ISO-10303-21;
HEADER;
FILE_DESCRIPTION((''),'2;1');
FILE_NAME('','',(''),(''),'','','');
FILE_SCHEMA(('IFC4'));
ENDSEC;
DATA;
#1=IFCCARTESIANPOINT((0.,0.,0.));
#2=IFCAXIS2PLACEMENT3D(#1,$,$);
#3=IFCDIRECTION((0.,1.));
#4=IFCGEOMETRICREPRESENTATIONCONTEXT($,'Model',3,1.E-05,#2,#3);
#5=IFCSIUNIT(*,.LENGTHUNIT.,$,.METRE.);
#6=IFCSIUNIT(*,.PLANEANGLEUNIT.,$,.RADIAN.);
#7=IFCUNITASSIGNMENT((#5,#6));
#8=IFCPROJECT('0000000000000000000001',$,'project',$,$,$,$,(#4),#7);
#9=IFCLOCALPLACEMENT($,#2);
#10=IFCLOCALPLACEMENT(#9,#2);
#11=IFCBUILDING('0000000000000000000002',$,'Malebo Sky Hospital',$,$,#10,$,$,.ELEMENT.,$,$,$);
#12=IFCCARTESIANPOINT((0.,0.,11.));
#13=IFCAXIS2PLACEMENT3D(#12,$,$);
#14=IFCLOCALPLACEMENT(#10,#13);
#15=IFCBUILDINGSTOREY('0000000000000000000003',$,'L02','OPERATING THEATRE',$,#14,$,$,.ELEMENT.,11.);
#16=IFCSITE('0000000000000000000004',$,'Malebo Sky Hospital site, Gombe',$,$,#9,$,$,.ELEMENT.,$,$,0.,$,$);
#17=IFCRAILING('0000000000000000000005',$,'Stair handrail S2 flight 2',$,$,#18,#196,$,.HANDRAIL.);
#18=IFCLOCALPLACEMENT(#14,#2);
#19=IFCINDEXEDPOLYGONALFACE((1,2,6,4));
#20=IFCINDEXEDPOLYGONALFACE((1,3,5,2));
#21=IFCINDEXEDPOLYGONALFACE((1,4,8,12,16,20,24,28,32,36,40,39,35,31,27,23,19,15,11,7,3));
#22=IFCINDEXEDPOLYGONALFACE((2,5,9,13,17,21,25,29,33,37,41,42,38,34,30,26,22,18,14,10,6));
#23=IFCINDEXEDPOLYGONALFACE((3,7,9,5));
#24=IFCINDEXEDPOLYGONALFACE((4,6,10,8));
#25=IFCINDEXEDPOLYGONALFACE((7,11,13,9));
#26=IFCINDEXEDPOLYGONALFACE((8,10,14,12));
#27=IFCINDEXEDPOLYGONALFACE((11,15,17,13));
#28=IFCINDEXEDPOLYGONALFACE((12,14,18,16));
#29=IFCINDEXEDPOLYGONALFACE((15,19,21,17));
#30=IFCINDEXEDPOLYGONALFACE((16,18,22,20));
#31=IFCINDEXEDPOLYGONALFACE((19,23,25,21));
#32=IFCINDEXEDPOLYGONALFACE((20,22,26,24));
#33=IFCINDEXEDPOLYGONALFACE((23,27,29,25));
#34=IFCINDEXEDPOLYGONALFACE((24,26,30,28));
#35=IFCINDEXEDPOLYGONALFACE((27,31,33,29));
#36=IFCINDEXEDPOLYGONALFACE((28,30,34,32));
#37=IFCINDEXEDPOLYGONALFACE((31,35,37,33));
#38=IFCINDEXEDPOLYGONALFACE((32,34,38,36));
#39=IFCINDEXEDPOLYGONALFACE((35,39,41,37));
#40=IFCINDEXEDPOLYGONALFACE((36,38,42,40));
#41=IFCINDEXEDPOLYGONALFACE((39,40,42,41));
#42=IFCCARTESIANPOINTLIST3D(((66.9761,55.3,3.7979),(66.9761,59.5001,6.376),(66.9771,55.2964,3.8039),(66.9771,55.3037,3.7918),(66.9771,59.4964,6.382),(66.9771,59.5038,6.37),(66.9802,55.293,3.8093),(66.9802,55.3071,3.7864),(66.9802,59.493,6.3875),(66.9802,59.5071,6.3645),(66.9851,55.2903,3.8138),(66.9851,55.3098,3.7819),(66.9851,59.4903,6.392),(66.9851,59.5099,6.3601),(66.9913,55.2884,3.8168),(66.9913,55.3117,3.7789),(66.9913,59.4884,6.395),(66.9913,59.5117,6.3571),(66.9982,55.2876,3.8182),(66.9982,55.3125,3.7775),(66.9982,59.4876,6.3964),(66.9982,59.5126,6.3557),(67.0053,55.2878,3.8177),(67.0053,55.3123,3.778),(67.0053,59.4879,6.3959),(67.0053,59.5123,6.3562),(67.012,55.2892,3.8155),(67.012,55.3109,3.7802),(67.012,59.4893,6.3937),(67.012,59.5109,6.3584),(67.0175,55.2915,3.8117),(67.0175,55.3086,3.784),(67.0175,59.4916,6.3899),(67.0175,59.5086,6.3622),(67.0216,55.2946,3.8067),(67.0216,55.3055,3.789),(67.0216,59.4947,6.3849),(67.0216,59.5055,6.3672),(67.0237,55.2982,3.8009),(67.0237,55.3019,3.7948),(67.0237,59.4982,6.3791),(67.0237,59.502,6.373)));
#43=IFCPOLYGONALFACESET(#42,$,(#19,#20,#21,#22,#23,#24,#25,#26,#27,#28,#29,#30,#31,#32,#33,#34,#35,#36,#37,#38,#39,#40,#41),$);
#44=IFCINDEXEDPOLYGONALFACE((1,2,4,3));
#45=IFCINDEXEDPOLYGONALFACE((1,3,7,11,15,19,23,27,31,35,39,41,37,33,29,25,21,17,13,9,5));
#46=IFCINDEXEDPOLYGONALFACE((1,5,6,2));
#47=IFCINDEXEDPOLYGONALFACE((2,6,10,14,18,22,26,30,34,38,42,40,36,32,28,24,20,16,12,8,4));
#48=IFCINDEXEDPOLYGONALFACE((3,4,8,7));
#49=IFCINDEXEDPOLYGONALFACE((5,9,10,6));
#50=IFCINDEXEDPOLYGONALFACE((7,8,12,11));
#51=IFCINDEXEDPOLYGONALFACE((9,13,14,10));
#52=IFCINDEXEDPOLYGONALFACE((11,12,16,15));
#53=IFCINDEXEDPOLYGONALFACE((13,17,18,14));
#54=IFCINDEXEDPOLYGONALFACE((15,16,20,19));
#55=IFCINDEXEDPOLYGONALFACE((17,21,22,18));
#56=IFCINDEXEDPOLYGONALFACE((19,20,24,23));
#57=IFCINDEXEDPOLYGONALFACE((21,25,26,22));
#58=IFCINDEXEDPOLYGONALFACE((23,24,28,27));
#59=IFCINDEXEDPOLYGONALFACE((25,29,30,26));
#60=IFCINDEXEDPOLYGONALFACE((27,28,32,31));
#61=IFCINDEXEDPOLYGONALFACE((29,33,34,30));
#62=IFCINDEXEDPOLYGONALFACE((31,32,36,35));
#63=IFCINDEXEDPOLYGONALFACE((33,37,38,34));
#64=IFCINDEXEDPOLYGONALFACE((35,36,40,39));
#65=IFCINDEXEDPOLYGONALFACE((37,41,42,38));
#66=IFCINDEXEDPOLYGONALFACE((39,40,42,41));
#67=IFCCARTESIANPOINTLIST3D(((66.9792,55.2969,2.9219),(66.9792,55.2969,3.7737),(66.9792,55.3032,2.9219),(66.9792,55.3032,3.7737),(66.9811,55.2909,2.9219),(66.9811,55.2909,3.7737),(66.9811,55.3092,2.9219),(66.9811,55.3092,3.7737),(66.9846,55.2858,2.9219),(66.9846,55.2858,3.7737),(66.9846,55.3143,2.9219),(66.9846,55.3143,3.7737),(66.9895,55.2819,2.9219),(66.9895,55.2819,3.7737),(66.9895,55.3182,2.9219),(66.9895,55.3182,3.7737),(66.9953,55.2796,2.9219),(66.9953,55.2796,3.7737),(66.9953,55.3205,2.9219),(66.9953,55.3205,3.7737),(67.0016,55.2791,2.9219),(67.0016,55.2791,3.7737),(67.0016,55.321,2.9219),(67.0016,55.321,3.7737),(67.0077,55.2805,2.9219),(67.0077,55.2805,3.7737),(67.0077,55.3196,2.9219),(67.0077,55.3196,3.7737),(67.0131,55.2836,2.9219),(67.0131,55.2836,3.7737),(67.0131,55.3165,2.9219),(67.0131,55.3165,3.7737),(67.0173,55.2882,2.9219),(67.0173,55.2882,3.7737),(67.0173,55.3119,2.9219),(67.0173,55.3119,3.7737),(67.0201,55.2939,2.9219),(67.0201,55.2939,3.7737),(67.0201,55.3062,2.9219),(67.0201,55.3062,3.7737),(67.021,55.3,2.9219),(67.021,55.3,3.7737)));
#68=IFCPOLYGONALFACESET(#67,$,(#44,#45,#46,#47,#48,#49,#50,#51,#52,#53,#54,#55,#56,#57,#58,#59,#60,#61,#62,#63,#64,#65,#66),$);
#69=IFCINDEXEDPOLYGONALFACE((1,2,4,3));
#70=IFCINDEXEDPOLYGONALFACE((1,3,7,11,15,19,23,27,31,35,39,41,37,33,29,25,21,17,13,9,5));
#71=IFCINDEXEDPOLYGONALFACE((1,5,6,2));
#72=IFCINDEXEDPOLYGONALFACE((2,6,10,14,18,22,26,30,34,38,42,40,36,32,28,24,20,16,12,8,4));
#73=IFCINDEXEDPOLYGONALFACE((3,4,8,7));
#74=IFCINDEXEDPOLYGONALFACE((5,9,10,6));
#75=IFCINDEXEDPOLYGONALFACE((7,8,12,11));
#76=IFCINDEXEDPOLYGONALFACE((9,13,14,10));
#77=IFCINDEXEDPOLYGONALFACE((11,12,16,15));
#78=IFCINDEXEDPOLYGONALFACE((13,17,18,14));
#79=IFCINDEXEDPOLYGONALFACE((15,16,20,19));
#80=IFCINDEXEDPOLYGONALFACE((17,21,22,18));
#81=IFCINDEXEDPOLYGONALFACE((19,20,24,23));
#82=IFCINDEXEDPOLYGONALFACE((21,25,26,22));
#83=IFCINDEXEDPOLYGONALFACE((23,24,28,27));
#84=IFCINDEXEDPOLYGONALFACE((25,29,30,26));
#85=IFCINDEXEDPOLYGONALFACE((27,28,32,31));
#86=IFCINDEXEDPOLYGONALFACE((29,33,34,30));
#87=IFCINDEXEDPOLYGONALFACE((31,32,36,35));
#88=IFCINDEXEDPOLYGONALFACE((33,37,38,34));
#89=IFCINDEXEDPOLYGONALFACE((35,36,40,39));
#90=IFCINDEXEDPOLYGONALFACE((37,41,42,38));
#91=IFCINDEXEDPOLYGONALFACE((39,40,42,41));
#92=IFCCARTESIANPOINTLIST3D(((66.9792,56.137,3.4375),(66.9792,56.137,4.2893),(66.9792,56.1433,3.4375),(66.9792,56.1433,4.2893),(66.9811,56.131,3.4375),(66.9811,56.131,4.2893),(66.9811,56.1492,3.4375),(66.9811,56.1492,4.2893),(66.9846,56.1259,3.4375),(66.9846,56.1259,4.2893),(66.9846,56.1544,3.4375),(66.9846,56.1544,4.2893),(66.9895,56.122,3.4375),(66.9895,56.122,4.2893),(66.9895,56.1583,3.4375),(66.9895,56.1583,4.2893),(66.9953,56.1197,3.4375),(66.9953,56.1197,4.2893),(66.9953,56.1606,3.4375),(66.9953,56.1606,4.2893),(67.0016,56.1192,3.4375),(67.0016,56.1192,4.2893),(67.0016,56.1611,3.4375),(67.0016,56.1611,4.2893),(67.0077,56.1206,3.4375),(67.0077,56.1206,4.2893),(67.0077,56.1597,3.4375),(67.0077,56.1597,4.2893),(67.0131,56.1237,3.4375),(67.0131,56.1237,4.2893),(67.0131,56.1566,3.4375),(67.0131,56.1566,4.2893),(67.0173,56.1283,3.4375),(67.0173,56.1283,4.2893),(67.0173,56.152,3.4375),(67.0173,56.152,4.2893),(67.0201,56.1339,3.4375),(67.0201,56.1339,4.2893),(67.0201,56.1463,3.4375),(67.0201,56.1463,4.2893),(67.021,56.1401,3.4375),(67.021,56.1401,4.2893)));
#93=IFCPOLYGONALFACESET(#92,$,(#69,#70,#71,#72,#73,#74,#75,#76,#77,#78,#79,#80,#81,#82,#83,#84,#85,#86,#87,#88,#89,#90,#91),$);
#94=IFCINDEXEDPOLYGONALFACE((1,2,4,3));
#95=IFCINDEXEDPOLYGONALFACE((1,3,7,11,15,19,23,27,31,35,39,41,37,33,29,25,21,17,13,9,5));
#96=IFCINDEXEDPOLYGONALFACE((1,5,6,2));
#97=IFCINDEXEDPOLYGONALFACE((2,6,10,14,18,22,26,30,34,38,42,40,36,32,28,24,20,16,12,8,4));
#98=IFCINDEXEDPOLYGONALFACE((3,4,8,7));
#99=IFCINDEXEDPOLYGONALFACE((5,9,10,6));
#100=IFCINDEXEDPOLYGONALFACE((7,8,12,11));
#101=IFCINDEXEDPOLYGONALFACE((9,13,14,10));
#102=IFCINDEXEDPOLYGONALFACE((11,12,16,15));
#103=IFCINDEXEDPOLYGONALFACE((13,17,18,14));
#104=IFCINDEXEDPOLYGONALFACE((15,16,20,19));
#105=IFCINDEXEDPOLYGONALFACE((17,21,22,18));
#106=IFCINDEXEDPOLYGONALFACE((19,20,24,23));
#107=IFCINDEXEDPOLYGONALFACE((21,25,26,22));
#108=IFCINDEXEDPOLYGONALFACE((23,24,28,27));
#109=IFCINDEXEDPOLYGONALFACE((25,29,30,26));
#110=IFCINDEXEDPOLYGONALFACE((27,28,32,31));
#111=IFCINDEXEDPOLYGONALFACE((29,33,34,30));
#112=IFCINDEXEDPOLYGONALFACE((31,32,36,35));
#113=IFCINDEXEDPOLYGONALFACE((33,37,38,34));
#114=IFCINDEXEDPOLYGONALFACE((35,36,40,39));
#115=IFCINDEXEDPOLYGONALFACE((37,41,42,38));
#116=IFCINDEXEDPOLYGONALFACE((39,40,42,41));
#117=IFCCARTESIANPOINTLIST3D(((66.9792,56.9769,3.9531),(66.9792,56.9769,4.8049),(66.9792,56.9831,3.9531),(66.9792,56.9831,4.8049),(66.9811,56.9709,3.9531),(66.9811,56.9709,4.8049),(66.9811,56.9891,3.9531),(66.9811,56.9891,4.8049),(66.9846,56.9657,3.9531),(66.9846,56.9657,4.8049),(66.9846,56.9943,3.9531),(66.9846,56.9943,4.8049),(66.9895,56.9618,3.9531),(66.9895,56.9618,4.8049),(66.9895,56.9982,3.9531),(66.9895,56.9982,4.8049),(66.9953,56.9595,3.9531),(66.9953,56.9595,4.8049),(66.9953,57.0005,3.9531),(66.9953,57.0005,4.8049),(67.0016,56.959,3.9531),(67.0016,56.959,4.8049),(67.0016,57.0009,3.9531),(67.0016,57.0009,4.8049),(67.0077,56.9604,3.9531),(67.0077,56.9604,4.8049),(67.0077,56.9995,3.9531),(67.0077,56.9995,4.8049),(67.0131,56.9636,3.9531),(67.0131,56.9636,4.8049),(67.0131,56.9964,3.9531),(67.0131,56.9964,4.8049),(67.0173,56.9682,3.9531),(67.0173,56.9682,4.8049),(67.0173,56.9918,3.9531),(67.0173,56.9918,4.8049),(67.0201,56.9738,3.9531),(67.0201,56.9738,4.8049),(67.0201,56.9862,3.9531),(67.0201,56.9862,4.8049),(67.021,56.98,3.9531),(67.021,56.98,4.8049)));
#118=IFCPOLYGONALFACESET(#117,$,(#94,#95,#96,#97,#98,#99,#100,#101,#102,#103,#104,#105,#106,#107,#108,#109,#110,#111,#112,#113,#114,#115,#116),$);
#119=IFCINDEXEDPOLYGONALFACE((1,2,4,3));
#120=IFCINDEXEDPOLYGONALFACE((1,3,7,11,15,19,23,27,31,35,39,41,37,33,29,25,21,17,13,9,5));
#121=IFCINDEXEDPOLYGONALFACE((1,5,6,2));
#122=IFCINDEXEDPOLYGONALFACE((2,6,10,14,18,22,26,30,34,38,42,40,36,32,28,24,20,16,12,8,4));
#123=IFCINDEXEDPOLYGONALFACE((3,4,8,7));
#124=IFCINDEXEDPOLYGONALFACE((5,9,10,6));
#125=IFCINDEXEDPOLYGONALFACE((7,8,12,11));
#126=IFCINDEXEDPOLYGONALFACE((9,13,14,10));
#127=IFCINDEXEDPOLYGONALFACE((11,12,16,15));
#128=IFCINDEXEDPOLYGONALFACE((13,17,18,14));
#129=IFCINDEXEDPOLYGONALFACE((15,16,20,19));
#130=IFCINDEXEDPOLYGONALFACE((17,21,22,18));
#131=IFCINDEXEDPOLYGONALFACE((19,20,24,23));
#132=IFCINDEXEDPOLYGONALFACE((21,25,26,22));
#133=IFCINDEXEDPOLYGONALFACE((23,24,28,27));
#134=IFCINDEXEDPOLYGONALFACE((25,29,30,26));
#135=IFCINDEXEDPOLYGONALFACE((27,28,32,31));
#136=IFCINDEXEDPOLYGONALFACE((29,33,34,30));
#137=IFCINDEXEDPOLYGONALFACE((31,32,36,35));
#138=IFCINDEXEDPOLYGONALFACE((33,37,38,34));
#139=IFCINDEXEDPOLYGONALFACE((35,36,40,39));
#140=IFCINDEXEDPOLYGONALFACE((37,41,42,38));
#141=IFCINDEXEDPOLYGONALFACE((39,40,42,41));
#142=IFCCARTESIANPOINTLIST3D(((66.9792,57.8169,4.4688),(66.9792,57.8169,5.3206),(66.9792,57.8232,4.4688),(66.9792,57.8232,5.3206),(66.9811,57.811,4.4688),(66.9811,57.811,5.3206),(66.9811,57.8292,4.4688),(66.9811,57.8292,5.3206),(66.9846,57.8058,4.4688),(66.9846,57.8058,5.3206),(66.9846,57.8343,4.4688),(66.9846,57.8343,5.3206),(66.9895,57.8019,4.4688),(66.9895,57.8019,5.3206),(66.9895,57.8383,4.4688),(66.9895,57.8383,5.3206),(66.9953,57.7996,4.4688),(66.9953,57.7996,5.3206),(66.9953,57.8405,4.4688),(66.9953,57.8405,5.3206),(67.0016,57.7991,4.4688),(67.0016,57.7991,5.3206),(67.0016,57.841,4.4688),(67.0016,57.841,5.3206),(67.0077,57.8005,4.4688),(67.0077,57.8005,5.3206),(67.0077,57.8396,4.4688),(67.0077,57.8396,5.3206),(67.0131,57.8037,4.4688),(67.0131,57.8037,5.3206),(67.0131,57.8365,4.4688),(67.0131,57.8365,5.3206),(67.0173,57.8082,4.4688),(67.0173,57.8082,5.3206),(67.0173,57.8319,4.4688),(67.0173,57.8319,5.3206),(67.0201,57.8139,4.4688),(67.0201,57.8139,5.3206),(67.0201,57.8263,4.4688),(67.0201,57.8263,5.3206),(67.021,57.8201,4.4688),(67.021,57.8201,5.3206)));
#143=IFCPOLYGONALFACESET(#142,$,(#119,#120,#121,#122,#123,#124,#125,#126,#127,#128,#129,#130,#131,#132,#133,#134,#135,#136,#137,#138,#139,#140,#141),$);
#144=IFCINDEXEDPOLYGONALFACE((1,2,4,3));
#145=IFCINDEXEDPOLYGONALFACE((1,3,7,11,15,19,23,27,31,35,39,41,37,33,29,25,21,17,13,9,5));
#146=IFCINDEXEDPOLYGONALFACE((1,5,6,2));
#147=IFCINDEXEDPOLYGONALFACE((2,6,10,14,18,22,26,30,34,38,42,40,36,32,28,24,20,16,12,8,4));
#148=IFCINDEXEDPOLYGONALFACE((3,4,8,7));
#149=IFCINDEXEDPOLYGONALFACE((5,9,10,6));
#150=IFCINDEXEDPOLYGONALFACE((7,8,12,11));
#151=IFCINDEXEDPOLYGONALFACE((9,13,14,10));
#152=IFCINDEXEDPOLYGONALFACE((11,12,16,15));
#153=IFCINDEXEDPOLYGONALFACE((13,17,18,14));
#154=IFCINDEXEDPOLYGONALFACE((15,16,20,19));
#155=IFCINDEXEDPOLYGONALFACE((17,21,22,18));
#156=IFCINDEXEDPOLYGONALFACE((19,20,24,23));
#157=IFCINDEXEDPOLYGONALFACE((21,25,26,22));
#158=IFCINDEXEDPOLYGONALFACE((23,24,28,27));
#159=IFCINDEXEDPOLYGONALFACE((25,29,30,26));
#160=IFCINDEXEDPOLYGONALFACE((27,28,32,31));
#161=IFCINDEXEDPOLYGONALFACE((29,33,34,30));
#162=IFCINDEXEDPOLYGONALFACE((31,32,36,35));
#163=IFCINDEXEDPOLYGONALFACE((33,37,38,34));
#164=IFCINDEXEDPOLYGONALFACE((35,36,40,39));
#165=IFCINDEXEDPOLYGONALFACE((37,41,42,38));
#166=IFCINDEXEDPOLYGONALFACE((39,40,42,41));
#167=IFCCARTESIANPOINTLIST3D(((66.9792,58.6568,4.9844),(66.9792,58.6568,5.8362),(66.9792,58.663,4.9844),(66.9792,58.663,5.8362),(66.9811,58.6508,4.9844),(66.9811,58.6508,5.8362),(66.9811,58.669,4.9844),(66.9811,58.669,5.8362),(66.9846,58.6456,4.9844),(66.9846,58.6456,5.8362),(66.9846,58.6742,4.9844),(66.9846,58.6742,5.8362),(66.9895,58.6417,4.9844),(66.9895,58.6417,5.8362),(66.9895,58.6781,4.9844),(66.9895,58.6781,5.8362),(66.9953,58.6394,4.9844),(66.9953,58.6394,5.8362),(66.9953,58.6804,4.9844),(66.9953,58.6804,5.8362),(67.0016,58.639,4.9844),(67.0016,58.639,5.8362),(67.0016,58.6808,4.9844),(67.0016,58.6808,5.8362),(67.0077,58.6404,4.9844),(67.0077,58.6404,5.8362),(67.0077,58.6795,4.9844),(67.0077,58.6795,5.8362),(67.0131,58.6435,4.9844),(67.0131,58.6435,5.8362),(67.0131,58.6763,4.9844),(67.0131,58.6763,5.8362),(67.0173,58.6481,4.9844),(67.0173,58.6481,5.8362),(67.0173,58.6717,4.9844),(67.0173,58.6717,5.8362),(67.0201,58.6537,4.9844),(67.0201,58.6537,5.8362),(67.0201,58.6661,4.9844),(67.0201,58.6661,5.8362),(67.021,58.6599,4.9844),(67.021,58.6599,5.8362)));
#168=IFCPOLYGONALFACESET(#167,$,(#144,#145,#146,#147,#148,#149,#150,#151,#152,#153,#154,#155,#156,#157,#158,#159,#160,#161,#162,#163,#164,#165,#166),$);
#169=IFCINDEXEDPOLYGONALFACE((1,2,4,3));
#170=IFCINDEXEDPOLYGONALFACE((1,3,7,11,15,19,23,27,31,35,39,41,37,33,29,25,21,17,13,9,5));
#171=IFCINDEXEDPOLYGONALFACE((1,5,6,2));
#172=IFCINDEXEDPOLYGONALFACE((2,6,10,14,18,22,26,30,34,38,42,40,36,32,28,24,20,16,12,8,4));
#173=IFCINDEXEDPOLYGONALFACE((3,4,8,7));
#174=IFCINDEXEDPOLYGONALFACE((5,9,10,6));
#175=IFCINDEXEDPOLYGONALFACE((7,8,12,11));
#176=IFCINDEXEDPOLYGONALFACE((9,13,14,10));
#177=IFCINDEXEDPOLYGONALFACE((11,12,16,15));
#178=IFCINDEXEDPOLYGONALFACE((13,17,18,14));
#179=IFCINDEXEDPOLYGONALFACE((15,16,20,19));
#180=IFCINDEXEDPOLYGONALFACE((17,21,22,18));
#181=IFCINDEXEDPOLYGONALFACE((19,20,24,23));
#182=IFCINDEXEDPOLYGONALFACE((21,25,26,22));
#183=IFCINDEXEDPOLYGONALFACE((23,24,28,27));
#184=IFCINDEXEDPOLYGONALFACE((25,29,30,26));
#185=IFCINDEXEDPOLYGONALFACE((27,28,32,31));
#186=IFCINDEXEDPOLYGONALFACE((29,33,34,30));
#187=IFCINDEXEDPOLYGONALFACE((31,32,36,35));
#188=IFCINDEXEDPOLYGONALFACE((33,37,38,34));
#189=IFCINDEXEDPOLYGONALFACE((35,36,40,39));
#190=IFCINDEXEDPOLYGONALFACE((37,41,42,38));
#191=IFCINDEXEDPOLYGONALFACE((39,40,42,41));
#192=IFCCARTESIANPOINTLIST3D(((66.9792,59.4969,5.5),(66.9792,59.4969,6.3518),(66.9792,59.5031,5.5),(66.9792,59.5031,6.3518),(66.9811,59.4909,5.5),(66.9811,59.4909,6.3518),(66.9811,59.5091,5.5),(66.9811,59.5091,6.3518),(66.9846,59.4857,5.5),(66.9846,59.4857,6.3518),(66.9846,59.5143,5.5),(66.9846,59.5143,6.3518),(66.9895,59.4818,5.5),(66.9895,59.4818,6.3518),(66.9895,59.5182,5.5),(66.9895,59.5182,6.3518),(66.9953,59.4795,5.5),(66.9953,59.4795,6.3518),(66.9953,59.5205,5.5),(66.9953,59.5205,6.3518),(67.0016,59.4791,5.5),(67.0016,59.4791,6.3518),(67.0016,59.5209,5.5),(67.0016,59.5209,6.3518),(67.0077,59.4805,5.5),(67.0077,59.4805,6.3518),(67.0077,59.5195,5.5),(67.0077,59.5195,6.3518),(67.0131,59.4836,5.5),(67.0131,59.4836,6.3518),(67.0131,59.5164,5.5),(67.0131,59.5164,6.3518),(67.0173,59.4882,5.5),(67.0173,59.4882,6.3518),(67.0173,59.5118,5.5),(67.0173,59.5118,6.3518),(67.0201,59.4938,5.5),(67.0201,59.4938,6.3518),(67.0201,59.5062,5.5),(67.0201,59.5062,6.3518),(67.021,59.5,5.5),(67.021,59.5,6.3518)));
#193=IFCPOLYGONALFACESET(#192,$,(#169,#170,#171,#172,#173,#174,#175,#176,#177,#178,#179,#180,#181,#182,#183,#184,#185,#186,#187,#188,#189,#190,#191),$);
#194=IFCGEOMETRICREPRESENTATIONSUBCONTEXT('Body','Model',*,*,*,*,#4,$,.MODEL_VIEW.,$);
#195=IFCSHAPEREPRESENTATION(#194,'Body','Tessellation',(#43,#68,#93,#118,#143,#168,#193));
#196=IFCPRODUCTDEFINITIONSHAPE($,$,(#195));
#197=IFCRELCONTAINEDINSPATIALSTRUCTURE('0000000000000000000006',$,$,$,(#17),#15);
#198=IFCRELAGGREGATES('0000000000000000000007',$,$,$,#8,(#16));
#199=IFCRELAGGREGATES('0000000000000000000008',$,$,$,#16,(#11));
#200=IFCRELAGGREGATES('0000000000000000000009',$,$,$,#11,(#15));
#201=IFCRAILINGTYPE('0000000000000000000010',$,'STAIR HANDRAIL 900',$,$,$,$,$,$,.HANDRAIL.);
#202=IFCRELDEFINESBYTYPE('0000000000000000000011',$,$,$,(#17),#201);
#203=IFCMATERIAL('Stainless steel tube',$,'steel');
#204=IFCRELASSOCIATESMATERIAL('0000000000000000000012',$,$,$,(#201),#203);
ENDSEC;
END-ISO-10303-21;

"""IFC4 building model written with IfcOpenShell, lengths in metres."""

from ifc_helpers import new_model, si_unit, direction, frame, origin, origin_2d, place, context, subcontext, project, spatial, circle, extrude, material, type_object, element, save


model = new_model("IFC4")

# Units and contexts
model_context = context("Model", 3, precision=1e-05, world=origin(), true_north=direction((0.0, 1.0)))
body_context = subcontext(model_context, "Body", "Model", "MODEL_VIEW")
ifc_project = project(units=[si_unit("LENGTHUNIT", "METRE"), si_unit("PLANEANGLEUNIT", "RADIAN")], contexts=[model_context])

# Site, building, storey
site_placement = place(None, origin())
site = spatial("IfcSite", under=ifc_project, at=site_placement, Name="Malebo Sky Hospital site, Gombe", CompositionType="ELEMENT", RefElevation=0.0)
building_placement = place(site_placement, origin())
building = spatial("IfcBuilding", under=site, at=building_placement, Name="Malebo Sky Hospital", CompositionType="ELEMENT")
storey_placement = place(building_placement, frame((0.0, 0.0, 11.0)))
storey = spatial("IfcBuildingStorey", under=building, at=storey_placement, Name="L02", Description="OPERATING THEATRE", CompositionType="ELEMENT", Elevation=11.0)

# Railing
ifc_material_1 = material(Name="Stainless steel tube", Category="steel")
railing_type = type_object("IfcRailingType", Name="STAIR HANDRAIL 900", PredefinedType="HANDRAIL", material=ifc_material_1)
railing_1_placement = place(storey_placement, frame((67.0, 55.3, 2.9219)))
element("IfcRailing", 1, at=railing_1_placement, inside=storey, type_object=railing_type, Name="Stair handrail S2 flight 2", PredefinedType="HANDRAIL", context=body_context, shape_type="SweptSolid", body=[
    extrude(circle(Radius=0.0239, at=origin_2d()), frame((0.0, 0.0, 0.876), z_axis=(0.0, 0.852243, 0.523146), x_axis=(-1.0, 0.0, 0.0)), (0.0, 0.0, 1.0), 4.9282),
    extrude(circle(Radius=0.021, at=origin_2d()), origin(), (0.0, 0.0, 1.0), 0.8518),
    extrude(circle(Radius=0.021, at=origin_2d()), frame((0.0, 0.8401, 0.5156)), (0.0, 0.0, 1.0), 0.8518),
    extrude(circle(Radius=0.021, at=origin_2d()), frame((0.0, 1.6799, 1.0312)), (0.0, 0.0, 1.0), 0.8518),
    extrude(circle(Radius=0.021, at=origin_2d()), frame((0.0, 2.52, 1.5469)), (0.0, 0.0, 1.0), 0.8518),
    extrude(circle(Radius=0.021, at=origin_2d()), frame((0.0, 3.3599, 2.0625)), (0.0, 0.0, 1.0), 0.8518),
    extrude(circle(Radius=0.021, at=origin_2d()), frame((0.0, 4.2, 2.5781)), (0.0, 0.0, 1.0), 0.8518),
])

save(model, "model.ifc")
